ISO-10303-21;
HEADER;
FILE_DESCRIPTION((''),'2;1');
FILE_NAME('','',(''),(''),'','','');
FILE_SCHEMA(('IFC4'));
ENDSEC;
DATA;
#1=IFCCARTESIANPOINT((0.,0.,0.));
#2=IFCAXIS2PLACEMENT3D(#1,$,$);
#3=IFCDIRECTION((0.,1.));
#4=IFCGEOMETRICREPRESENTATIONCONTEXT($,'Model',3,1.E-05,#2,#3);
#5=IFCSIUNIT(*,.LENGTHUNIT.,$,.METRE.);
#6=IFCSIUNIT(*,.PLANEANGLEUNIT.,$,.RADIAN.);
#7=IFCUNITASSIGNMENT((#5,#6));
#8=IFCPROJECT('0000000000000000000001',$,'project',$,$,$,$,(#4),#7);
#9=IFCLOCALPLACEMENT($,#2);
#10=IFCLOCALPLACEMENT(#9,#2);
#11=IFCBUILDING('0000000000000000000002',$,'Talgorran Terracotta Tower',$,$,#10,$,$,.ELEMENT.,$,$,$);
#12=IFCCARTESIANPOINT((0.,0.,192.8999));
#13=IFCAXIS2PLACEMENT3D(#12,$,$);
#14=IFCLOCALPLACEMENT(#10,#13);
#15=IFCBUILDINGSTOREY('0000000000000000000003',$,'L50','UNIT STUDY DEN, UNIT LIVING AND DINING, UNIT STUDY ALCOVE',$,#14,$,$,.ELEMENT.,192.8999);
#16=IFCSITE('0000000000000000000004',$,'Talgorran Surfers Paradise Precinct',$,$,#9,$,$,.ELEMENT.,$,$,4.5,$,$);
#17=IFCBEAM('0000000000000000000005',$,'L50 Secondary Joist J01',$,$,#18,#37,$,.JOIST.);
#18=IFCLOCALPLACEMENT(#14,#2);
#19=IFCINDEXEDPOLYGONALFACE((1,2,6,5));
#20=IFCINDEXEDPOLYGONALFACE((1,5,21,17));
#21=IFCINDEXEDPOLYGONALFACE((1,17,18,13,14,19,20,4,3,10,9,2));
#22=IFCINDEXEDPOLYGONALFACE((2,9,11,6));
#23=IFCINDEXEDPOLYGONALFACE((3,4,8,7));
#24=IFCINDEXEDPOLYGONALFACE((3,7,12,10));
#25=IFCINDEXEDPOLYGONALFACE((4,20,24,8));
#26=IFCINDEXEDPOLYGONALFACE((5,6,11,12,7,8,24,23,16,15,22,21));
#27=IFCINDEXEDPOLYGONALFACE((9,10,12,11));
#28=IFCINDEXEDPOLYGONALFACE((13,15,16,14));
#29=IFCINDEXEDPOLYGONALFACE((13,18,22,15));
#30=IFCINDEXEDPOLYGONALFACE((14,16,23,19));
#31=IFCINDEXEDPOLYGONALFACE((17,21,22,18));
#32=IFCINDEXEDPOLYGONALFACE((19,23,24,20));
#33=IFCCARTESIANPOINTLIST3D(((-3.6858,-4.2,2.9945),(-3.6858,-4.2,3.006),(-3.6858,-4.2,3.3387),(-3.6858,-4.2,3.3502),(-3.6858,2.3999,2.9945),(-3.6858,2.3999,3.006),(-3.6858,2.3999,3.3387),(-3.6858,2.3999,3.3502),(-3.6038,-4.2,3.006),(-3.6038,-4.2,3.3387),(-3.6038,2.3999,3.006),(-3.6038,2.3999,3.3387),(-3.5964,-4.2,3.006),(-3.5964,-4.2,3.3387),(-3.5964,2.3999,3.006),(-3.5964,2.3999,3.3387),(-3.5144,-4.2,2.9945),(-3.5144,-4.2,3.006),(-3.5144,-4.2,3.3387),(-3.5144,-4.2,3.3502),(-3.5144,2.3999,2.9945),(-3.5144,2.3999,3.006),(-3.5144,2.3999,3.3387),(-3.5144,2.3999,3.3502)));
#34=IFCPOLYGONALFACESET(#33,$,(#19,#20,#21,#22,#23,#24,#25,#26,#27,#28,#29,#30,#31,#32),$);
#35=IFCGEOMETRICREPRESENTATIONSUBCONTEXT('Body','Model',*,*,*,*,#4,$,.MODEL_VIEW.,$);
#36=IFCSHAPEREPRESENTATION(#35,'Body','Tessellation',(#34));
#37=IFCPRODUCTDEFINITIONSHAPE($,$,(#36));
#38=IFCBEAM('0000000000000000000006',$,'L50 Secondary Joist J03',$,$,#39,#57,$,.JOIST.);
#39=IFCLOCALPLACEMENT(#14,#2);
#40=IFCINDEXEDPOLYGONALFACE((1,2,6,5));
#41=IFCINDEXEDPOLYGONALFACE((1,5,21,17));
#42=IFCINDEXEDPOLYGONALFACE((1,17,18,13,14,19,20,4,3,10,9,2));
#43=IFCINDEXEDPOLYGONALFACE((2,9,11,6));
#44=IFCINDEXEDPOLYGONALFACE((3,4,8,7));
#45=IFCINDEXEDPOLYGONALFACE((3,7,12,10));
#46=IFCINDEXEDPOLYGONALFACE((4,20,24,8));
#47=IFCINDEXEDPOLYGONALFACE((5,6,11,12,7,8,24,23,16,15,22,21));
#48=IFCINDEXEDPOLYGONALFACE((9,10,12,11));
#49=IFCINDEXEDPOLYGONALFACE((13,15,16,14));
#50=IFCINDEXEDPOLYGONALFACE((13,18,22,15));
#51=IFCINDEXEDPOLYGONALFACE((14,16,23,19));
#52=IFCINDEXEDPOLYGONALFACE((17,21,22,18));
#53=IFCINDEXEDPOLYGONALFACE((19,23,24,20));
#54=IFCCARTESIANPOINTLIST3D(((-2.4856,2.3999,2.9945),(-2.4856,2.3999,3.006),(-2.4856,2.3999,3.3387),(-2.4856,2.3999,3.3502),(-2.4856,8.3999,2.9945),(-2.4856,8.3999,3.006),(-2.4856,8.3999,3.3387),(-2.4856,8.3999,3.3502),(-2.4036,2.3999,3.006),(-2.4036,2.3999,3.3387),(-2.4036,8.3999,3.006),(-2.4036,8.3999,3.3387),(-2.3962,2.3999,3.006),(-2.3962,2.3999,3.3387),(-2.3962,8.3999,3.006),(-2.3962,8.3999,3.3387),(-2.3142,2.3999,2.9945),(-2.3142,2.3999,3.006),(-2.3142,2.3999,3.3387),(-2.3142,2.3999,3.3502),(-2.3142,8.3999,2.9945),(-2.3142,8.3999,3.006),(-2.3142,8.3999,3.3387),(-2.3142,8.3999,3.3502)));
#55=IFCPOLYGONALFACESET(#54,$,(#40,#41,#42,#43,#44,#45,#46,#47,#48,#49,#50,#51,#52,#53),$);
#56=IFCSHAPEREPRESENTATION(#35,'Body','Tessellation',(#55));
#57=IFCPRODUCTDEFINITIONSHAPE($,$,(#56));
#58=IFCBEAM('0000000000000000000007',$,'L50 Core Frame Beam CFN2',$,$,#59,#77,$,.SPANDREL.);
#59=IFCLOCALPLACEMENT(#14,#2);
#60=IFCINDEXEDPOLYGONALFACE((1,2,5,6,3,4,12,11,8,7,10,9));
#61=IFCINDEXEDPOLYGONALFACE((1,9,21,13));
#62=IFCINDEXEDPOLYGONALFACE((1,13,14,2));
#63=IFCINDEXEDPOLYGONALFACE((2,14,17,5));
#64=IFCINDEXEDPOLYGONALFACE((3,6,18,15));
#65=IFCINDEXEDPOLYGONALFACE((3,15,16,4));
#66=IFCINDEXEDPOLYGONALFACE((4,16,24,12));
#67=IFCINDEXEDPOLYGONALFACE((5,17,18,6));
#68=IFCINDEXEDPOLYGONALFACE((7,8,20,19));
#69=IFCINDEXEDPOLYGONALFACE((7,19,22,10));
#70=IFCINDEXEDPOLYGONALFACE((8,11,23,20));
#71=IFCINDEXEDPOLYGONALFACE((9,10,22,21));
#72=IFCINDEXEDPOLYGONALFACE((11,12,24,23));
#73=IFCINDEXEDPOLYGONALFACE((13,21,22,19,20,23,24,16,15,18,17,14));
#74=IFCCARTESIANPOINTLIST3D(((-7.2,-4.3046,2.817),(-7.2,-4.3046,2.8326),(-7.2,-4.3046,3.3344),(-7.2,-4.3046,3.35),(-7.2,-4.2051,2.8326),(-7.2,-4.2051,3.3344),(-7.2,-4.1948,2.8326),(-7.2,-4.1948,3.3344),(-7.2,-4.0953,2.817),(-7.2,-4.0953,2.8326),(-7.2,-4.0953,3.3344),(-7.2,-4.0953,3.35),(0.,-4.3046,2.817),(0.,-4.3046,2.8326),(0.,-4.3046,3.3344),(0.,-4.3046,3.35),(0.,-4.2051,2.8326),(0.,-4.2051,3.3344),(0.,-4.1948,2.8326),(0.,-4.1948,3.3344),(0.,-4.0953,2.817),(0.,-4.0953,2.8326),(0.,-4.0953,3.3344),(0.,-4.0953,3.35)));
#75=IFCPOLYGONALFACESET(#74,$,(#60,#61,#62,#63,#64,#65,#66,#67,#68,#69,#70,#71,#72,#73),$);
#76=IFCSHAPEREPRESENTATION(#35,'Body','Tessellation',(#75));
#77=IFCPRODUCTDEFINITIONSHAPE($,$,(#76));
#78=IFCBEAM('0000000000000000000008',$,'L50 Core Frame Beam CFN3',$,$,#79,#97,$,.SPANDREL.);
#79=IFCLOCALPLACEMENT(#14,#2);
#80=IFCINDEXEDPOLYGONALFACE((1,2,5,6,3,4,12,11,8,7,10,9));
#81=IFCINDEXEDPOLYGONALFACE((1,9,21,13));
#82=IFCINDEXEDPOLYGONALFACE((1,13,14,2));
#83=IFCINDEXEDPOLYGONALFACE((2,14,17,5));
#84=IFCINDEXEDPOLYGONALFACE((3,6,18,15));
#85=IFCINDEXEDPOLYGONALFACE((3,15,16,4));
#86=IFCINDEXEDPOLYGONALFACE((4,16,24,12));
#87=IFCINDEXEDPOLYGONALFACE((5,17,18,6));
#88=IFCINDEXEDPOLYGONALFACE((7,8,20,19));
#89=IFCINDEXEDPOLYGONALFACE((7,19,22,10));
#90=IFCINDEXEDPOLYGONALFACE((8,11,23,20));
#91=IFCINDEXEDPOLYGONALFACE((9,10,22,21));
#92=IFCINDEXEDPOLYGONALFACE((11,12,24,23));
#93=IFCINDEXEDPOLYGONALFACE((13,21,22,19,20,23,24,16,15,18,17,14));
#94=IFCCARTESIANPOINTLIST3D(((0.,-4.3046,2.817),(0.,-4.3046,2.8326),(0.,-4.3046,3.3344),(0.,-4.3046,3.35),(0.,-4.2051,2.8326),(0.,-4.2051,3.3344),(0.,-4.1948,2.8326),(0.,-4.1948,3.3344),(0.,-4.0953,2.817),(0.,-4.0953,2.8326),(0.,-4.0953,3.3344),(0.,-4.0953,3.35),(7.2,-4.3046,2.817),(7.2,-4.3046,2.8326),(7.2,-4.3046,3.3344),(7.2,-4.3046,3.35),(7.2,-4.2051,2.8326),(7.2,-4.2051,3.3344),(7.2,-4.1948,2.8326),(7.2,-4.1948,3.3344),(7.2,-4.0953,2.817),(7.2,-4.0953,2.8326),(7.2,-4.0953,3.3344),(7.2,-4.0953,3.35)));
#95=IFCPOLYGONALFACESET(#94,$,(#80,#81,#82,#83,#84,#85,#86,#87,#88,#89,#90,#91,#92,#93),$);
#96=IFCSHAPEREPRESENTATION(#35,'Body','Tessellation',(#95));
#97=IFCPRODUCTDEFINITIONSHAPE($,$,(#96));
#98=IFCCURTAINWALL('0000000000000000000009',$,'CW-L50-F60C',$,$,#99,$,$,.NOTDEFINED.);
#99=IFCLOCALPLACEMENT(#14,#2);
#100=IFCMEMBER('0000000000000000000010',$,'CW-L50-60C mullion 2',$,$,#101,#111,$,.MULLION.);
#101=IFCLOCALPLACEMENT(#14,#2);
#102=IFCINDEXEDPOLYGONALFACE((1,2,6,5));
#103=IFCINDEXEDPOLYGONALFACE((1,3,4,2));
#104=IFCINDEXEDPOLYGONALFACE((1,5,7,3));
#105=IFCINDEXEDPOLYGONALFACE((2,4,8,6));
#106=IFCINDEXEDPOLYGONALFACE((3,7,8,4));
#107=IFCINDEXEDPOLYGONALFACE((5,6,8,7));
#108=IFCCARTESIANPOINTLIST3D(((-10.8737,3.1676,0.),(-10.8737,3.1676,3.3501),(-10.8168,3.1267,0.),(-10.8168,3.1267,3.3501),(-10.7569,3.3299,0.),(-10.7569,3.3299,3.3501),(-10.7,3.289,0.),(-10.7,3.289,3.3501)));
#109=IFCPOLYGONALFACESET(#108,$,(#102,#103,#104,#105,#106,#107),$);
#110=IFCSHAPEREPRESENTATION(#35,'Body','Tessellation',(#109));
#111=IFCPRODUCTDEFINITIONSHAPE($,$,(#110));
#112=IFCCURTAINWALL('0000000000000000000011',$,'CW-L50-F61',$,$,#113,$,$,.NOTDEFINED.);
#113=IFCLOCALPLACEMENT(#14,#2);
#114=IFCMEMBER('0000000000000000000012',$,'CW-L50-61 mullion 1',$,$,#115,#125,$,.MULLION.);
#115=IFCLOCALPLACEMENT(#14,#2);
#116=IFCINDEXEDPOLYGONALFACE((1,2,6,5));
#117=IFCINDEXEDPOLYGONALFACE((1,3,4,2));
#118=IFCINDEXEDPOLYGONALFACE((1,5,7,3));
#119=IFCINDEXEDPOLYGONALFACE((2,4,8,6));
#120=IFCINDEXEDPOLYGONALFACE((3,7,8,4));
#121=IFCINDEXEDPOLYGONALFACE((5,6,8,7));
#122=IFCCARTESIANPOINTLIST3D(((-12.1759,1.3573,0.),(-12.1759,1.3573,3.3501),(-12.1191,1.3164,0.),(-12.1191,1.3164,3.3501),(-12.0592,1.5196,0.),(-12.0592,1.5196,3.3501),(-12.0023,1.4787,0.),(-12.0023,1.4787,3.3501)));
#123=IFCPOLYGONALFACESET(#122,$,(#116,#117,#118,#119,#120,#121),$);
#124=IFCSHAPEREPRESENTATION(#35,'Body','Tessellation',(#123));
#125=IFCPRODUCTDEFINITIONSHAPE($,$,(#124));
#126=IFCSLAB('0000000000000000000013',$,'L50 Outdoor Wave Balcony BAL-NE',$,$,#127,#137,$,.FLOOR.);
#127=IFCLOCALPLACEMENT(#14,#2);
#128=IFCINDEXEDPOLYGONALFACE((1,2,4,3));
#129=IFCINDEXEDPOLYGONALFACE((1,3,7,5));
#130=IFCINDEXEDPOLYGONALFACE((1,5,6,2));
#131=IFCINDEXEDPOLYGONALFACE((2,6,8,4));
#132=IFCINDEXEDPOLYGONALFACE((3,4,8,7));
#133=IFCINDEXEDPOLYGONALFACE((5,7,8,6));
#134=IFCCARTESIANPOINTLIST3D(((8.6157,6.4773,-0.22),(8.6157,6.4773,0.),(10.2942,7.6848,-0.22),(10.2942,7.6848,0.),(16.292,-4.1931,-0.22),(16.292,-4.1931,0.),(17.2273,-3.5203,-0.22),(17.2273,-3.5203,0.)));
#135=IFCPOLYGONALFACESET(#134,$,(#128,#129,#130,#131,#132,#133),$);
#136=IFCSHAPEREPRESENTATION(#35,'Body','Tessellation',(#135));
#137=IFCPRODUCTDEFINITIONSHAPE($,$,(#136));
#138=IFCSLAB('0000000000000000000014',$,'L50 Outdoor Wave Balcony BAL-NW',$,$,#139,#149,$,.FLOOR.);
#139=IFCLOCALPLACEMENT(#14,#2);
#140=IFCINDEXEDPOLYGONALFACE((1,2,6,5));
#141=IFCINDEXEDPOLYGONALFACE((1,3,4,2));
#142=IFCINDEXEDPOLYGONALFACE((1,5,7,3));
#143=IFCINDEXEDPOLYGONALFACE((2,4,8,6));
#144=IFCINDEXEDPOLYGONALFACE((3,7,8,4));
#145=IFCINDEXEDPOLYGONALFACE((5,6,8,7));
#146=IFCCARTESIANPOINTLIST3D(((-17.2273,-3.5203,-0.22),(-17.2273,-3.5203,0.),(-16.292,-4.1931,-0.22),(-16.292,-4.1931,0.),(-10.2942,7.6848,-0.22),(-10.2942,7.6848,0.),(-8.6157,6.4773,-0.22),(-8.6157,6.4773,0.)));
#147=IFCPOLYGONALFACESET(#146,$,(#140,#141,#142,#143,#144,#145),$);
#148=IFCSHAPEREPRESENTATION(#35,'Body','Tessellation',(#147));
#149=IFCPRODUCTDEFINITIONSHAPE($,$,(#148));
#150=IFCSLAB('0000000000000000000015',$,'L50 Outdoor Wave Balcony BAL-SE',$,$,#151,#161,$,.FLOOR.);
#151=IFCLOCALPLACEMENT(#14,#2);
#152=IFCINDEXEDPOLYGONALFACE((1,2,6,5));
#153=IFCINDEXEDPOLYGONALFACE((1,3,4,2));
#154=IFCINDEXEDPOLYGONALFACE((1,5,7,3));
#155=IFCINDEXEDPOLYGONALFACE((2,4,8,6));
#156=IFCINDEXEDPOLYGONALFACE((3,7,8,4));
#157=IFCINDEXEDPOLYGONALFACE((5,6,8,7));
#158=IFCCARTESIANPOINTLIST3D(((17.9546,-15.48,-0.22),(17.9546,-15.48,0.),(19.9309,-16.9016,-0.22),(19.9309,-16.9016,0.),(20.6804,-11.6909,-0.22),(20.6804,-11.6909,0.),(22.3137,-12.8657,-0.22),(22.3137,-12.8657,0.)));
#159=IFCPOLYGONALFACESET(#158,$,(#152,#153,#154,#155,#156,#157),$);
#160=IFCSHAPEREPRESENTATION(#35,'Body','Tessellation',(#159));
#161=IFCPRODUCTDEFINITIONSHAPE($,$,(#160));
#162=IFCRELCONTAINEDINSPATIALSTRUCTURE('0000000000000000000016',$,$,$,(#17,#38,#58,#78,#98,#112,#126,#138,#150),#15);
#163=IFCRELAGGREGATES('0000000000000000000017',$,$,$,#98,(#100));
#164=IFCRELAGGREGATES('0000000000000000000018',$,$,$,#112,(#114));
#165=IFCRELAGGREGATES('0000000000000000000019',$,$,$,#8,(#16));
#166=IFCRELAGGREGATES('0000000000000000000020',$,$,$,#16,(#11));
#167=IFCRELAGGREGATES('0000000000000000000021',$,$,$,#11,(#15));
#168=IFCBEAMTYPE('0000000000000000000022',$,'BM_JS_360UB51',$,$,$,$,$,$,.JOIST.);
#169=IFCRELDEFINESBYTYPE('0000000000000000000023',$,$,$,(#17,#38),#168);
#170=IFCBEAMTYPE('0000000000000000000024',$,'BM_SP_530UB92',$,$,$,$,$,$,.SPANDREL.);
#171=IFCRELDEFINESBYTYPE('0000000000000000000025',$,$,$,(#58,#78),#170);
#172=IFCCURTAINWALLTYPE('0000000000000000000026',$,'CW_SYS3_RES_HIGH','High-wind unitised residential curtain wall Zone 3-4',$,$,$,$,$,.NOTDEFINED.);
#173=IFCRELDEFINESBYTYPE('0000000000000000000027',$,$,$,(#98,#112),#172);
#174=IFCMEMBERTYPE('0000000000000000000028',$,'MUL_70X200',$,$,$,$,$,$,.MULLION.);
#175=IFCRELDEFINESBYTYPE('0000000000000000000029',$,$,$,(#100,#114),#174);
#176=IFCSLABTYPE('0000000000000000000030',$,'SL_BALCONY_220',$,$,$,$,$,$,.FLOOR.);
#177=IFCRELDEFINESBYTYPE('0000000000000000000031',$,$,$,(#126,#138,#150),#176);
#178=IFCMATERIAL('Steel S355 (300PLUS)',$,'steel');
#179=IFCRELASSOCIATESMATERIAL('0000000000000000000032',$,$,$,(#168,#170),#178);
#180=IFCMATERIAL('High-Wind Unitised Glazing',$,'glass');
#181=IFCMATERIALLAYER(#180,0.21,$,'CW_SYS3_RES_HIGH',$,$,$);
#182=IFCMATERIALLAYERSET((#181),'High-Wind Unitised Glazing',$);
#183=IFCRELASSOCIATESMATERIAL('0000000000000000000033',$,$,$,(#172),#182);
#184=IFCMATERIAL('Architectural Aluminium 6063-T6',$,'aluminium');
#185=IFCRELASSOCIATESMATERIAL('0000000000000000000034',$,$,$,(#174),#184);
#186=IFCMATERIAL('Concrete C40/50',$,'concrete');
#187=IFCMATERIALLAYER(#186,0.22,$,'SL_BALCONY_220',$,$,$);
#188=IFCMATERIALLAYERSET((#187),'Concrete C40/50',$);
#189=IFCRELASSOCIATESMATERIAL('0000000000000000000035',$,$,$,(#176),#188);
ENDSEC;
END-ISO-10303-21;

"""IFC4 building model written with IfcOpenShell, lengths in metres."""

from ifc_helpers import new_model, si_unit, direction, frame, origin, origin_2d, place, context, subcontext, project, spatial, polyline, rectangle, i_section, outline, extrude, material, layer, layer_set, material_profile, profile_set, type_object, element, aggregate, save


model = new_model("IFC4")

# Units and contexts
model_context = context("Model", 3, precision=1e-05, world=origin(), true_north=direction((0.0, 1.0)))
body_context = subcontext(model_context, "Body", "Model", "MODEL_VIEW")
ifc_project = project(units=[si_unit("LENGTHUNIT", "METRE"), si_unit("PLANEANGLEUNIT", "RADIAN")], contexts=[model_context])

# Site, building, storey
site_placement = place(None, origin())
site = spatial("IfcSite", under=ifc_project, at=site_placement, Name="Talgorran Surfers Paradise Precinct", CompositionType="ELEMENT", RefElevation=4.5)
building_placement = place(site_placement, origin())
building = spatial("IfcBuilding", under=site, at=building_placement, Name="Talgorran Terracotta Tower", CompositionType="ELEMENT")
storey_placement = place(building_placement, frame((0.0, 0.0, 192.8999)))
storey = spatial("IfcBuildingStorey", under=building, at=storey_placement, Name="L50", Description="UNIT STUDY DEN, UNIT LIVING AND DINING, UNIT STUDY ALCOVE", CompositionType="ELEMENT", Elevation=192.8999)

# Shared definitions
ifc_material_1 = material(Name="Steel S355 (300PLUS)", Category="steel")

# Beams
ifc_material_profile_1 = material_profile(ifc_material_1, i_section(OverallWidth=0.1714, OverallDepth=0.3557, WebThickness=0.0073, FlangeThickness=0.0115, at=origin_2d()), Name="360UB50.7")
ifc_profile_set_1 = profile_set([ifc_material_profile_1], Name="Steel S355 (300PLUS)")
beam_type_1 = type_object("IfcBeamType", Name="BM_JS_360UB51", PredefinedType="JOIST", material=ifc_profile_set_1)
beam_1_placement = place(storey_placement, frame((-3.6001, -4.2, 3.1724), z_axis=(0.0, 1.0, 0.0), x_axis=(-1.0, 0.0, 0.0)))
element("IfcBeam", 1, at=beam_1_placement, inside=storey, type_object=beam_type_1, Name="L50 Secondary Joist J01", PredefinedType="JOIST", context=body_context, shape_type="SweptSolid", body=[
    extrude(i_section(OverallWidth=0.1714, OverallDepth=0.3557, WebThickness=0.0073, FlangeThickness=0.0115, at=origin_2d()), origin(), (0.0, 0.0, 1.0), 6.5999),
])
beam_2_placement = place(storey_placement, frame((-2.3999, 2.3999, 3.1724), z_axis=(0.0, 1.0, 0.0), x_axis=(-1.0, 0.0, 0.0)))
element("IfcBeam", 2, at=beam_2_placement, inside=storey, type_object=beam_type_1, Name="L50 Secondary Joist J03", PredefinedType="JOIST", context=body_context, shape_type="SweptSolid", body=[
    extrude(i_section(OverallWidth=0.1714, OverallDepth=0.3557, WebThickness=0.0073, FlangeThickness=0.0115, at=origin_2d()), origin(), (0.0, 0.0, 1.0), 6.0),
])
ifc_material_profile_2 = material_profile(ifc_material_1, i_section(OverallWidth=0.2092, OverallDepth=0.533, WebThickness=0.0103, FlangeThickness=0.0156, at=origin_2d()), Name="530UB92.4")
ifc_profile_set_2 = profile_set([ifc_material_profile_2], Name="Steel S355 (300PLUS)")
beam_type_2 = type_object("IfcBeamType", Name="BM_SP_530UB92", PredefinedType="SPANDREL", material=ifc_profile_set_2)
for number, where, z_axis, x_axis, name in (
    (3, (-7.2, -4.2, 3.0835), (1.0, 0.0, 0.0), (0.0, 1.0, 0.0), "L50 Core Frame Beam CFN2"),
    (4, (0.0, -4.2, 3.0835), (1.0, 0.0, 0.0), (0.0, 1.0, 0.0), "L50 Core Frame Beam CFN3"),
):
    element("IfcBeam", number, at=place(storey_placement, frame(where, z_axis=z_axis, x_axis=x_axis)), inside=storey, type_object=beam_type_2, Name=name, PredefinedType="SPANDREL", context=body_context, shape_type="SweptSolid", body=[
        extrude(i_section(OverallWidth=0.2092, OverallDepth=0.533, WebThickness=0.0103, FlangeThickness=0.0156, at=origin_2d()), origin(), (0.0, 0.0, 1.0), 7.2),
    ])

# Curtain walls, members
ifc_material_2 = material(Name="High-Wind Unitised Glazing", Category="glass")
ifc_layer_1 = layer(ifc_material_2, 0.21, Name="CW_SYS3_RES_HIGH")
ifc_layer_set_1 = layer_set([ifc_layer_1], Name="High-Wind Unitised Glazing")
curtain_wall_type = type_object("IfcCurtainWallType", Name="CW_SYS3_RES_HIGH", Description="High-wind unitised residential curtain wall Zone 3-4", PredefinedType="NOTDEFINED", material=ifc_layer_set_1)
curtain_wall_1_placement = place(storey_placement, origin())
curtain_wall_1 = element("IfcCurtainWall", 5, at=curtain_wall_1_placement, inside=storey, type_object=curtain_wall_type, Name="CW-L50-F60C", PredefinedType="NOTDEFINED")
ifc_material_3 = material(Name="Architectural Aluminium 6063-T6", Category="aluminium")
ifc_material_profile_3 = material_profile(ifc_material_3, rectangle(XDim=0.0701, YDim=0.2, at=origin_2d()), Name="CWM70X200")
ifc_profile_set_3 = profile_set([ifc_material_profile_3], Name="Architectural Aluminium 6063-T6")
member_type = type_object("IfcMemberType", Name="MUL_70X200", PredefinedType="MULLION", material=ifc_profile_set_3)
member_1_placement = place(storey_placement, frame((-10.7869, 3.2283, 0.0), z_axis=(0.0, 0.0, 1.0), x_axis=(0.811759, -0.583992, 0.0)))
member_1 = element("IfcMember", 6, at=member_1_placement, type_object=member_type, Name="CW-L50-60C mullion 2", PredefinedType="MULLION", context=body_context, shape_type="SweptSolid", body=[
    extrude(rectangle(XDim=0.0701, YDim=0.2, at=origin_2d()), origin(), (0.0, 0.0, 1.0), 3.3501),
])
aggregate(curtain_wall_1, [member_1])
curtain_wall_2_placement = place(storey_placement, origin())
curtain_wall_2 = element("IfcCurtainWall", 7, at=curtain_wall_2_placement, inside=storey, type_object=curtain_wall_type, Name="CW-L50-F61", PredefinedType="NOTDEFINED")
member_2_placement = place(storey_placement, frame((-12.0891, 1.418, 0.0), z_axis=(0.0, 0.0, 1.0), x_axis=(0.811765, -0.583984, 0.0)))
member_2 = element("IfcMember", 8, at=member_2_placement, type_object=member_type, Name="CW-L50-61 mullion 1", PredefinedType="MULLION", context=body_context, shape_type="SweptSolid", body=[
    extrude(rectangle(XDim=0.0701, YDim=0.2, at=origin_2d()), origin(), (0.0, 0.0, 1.0), 3.3501),
])
aggregate(curtain_wall_2, [member_2])

# Slabs
ifc_material_4 = material(Name="Concrete C40/50", Category="concrete")
ifc_layer_2 = layer(ifc_material_4, 0.22, Name="SL_BALCONY_220")
ifc_layer_set_2 = layer_set([ifc_layer_2], Name="Concrete C40/50")
slab_type_1 = type_object("IfcSlabType", Name="SL_BALCONY_220", PredefinedType="FLOOR", material=ifc_layer_set_2)
slab_1_placement = place(storey_placement, frame((0.0, 0.0, -0.22)))
element("IfcSlab", 9, at=slab_1_placement, inside=storey, type_object=slab_type_1, Name="L50 Outdoor Wave Balcony BAL-NE", PredefinedType="FLOOR", context=body_context, shape_type="SweptSolid", body=[
    extrude(outline(polyline([(8.6157, 6.4773), (16.292, -4.1931), (17.2273, -3.5203), (10.2942, 7.6848), (8.6157, 6.4773)])), origin(), (0.0, 0.0, 1.0), 0.22),
])
slab_2_placement = place(storey_placement, frame((0.0, 0.0, -0.22)))
element("IfcSlab", 10, at=slab_2_placement, inside=storey, type_object=slab_type_1, Name="L50 Outdoor Wave Balcony BAL-NW", PredefinedType="FLOOR", context=body_context, shape_type="SweptSolid", body=[
    extrude(outline(polyline([(-16.292, -4.1931), (-8.6157, 6.4773), (-10.2942, 7.6848), (-17.2273, -3.5203), (-16.292, -4.1931)])), origin(), (0.0, 0.0, 1.0), 0.22),
])
slab_3_placement = place(storey_placement, frame((0.0, 0.0, -0.22)))
element("IfcSlab", 11, at=slab_3_placement, inside=storey, type_object=slab_type_1, Name="L50 Outdoor Wave Balcony BAL-SE", PredefinedType="FLOOR", context=body_context, shape_type="SweptSolid", body=[
    extrude(outline(polyline([(20.6804, -11.6909), (17.9546, -15.48), (19.9309, -16.9016), (22.3137, -12.8657), (20.6804, -11.6909)])), origin(), (0.0, 0.0, 1.0), 0.22),
])

save(model, "model.ifc")
